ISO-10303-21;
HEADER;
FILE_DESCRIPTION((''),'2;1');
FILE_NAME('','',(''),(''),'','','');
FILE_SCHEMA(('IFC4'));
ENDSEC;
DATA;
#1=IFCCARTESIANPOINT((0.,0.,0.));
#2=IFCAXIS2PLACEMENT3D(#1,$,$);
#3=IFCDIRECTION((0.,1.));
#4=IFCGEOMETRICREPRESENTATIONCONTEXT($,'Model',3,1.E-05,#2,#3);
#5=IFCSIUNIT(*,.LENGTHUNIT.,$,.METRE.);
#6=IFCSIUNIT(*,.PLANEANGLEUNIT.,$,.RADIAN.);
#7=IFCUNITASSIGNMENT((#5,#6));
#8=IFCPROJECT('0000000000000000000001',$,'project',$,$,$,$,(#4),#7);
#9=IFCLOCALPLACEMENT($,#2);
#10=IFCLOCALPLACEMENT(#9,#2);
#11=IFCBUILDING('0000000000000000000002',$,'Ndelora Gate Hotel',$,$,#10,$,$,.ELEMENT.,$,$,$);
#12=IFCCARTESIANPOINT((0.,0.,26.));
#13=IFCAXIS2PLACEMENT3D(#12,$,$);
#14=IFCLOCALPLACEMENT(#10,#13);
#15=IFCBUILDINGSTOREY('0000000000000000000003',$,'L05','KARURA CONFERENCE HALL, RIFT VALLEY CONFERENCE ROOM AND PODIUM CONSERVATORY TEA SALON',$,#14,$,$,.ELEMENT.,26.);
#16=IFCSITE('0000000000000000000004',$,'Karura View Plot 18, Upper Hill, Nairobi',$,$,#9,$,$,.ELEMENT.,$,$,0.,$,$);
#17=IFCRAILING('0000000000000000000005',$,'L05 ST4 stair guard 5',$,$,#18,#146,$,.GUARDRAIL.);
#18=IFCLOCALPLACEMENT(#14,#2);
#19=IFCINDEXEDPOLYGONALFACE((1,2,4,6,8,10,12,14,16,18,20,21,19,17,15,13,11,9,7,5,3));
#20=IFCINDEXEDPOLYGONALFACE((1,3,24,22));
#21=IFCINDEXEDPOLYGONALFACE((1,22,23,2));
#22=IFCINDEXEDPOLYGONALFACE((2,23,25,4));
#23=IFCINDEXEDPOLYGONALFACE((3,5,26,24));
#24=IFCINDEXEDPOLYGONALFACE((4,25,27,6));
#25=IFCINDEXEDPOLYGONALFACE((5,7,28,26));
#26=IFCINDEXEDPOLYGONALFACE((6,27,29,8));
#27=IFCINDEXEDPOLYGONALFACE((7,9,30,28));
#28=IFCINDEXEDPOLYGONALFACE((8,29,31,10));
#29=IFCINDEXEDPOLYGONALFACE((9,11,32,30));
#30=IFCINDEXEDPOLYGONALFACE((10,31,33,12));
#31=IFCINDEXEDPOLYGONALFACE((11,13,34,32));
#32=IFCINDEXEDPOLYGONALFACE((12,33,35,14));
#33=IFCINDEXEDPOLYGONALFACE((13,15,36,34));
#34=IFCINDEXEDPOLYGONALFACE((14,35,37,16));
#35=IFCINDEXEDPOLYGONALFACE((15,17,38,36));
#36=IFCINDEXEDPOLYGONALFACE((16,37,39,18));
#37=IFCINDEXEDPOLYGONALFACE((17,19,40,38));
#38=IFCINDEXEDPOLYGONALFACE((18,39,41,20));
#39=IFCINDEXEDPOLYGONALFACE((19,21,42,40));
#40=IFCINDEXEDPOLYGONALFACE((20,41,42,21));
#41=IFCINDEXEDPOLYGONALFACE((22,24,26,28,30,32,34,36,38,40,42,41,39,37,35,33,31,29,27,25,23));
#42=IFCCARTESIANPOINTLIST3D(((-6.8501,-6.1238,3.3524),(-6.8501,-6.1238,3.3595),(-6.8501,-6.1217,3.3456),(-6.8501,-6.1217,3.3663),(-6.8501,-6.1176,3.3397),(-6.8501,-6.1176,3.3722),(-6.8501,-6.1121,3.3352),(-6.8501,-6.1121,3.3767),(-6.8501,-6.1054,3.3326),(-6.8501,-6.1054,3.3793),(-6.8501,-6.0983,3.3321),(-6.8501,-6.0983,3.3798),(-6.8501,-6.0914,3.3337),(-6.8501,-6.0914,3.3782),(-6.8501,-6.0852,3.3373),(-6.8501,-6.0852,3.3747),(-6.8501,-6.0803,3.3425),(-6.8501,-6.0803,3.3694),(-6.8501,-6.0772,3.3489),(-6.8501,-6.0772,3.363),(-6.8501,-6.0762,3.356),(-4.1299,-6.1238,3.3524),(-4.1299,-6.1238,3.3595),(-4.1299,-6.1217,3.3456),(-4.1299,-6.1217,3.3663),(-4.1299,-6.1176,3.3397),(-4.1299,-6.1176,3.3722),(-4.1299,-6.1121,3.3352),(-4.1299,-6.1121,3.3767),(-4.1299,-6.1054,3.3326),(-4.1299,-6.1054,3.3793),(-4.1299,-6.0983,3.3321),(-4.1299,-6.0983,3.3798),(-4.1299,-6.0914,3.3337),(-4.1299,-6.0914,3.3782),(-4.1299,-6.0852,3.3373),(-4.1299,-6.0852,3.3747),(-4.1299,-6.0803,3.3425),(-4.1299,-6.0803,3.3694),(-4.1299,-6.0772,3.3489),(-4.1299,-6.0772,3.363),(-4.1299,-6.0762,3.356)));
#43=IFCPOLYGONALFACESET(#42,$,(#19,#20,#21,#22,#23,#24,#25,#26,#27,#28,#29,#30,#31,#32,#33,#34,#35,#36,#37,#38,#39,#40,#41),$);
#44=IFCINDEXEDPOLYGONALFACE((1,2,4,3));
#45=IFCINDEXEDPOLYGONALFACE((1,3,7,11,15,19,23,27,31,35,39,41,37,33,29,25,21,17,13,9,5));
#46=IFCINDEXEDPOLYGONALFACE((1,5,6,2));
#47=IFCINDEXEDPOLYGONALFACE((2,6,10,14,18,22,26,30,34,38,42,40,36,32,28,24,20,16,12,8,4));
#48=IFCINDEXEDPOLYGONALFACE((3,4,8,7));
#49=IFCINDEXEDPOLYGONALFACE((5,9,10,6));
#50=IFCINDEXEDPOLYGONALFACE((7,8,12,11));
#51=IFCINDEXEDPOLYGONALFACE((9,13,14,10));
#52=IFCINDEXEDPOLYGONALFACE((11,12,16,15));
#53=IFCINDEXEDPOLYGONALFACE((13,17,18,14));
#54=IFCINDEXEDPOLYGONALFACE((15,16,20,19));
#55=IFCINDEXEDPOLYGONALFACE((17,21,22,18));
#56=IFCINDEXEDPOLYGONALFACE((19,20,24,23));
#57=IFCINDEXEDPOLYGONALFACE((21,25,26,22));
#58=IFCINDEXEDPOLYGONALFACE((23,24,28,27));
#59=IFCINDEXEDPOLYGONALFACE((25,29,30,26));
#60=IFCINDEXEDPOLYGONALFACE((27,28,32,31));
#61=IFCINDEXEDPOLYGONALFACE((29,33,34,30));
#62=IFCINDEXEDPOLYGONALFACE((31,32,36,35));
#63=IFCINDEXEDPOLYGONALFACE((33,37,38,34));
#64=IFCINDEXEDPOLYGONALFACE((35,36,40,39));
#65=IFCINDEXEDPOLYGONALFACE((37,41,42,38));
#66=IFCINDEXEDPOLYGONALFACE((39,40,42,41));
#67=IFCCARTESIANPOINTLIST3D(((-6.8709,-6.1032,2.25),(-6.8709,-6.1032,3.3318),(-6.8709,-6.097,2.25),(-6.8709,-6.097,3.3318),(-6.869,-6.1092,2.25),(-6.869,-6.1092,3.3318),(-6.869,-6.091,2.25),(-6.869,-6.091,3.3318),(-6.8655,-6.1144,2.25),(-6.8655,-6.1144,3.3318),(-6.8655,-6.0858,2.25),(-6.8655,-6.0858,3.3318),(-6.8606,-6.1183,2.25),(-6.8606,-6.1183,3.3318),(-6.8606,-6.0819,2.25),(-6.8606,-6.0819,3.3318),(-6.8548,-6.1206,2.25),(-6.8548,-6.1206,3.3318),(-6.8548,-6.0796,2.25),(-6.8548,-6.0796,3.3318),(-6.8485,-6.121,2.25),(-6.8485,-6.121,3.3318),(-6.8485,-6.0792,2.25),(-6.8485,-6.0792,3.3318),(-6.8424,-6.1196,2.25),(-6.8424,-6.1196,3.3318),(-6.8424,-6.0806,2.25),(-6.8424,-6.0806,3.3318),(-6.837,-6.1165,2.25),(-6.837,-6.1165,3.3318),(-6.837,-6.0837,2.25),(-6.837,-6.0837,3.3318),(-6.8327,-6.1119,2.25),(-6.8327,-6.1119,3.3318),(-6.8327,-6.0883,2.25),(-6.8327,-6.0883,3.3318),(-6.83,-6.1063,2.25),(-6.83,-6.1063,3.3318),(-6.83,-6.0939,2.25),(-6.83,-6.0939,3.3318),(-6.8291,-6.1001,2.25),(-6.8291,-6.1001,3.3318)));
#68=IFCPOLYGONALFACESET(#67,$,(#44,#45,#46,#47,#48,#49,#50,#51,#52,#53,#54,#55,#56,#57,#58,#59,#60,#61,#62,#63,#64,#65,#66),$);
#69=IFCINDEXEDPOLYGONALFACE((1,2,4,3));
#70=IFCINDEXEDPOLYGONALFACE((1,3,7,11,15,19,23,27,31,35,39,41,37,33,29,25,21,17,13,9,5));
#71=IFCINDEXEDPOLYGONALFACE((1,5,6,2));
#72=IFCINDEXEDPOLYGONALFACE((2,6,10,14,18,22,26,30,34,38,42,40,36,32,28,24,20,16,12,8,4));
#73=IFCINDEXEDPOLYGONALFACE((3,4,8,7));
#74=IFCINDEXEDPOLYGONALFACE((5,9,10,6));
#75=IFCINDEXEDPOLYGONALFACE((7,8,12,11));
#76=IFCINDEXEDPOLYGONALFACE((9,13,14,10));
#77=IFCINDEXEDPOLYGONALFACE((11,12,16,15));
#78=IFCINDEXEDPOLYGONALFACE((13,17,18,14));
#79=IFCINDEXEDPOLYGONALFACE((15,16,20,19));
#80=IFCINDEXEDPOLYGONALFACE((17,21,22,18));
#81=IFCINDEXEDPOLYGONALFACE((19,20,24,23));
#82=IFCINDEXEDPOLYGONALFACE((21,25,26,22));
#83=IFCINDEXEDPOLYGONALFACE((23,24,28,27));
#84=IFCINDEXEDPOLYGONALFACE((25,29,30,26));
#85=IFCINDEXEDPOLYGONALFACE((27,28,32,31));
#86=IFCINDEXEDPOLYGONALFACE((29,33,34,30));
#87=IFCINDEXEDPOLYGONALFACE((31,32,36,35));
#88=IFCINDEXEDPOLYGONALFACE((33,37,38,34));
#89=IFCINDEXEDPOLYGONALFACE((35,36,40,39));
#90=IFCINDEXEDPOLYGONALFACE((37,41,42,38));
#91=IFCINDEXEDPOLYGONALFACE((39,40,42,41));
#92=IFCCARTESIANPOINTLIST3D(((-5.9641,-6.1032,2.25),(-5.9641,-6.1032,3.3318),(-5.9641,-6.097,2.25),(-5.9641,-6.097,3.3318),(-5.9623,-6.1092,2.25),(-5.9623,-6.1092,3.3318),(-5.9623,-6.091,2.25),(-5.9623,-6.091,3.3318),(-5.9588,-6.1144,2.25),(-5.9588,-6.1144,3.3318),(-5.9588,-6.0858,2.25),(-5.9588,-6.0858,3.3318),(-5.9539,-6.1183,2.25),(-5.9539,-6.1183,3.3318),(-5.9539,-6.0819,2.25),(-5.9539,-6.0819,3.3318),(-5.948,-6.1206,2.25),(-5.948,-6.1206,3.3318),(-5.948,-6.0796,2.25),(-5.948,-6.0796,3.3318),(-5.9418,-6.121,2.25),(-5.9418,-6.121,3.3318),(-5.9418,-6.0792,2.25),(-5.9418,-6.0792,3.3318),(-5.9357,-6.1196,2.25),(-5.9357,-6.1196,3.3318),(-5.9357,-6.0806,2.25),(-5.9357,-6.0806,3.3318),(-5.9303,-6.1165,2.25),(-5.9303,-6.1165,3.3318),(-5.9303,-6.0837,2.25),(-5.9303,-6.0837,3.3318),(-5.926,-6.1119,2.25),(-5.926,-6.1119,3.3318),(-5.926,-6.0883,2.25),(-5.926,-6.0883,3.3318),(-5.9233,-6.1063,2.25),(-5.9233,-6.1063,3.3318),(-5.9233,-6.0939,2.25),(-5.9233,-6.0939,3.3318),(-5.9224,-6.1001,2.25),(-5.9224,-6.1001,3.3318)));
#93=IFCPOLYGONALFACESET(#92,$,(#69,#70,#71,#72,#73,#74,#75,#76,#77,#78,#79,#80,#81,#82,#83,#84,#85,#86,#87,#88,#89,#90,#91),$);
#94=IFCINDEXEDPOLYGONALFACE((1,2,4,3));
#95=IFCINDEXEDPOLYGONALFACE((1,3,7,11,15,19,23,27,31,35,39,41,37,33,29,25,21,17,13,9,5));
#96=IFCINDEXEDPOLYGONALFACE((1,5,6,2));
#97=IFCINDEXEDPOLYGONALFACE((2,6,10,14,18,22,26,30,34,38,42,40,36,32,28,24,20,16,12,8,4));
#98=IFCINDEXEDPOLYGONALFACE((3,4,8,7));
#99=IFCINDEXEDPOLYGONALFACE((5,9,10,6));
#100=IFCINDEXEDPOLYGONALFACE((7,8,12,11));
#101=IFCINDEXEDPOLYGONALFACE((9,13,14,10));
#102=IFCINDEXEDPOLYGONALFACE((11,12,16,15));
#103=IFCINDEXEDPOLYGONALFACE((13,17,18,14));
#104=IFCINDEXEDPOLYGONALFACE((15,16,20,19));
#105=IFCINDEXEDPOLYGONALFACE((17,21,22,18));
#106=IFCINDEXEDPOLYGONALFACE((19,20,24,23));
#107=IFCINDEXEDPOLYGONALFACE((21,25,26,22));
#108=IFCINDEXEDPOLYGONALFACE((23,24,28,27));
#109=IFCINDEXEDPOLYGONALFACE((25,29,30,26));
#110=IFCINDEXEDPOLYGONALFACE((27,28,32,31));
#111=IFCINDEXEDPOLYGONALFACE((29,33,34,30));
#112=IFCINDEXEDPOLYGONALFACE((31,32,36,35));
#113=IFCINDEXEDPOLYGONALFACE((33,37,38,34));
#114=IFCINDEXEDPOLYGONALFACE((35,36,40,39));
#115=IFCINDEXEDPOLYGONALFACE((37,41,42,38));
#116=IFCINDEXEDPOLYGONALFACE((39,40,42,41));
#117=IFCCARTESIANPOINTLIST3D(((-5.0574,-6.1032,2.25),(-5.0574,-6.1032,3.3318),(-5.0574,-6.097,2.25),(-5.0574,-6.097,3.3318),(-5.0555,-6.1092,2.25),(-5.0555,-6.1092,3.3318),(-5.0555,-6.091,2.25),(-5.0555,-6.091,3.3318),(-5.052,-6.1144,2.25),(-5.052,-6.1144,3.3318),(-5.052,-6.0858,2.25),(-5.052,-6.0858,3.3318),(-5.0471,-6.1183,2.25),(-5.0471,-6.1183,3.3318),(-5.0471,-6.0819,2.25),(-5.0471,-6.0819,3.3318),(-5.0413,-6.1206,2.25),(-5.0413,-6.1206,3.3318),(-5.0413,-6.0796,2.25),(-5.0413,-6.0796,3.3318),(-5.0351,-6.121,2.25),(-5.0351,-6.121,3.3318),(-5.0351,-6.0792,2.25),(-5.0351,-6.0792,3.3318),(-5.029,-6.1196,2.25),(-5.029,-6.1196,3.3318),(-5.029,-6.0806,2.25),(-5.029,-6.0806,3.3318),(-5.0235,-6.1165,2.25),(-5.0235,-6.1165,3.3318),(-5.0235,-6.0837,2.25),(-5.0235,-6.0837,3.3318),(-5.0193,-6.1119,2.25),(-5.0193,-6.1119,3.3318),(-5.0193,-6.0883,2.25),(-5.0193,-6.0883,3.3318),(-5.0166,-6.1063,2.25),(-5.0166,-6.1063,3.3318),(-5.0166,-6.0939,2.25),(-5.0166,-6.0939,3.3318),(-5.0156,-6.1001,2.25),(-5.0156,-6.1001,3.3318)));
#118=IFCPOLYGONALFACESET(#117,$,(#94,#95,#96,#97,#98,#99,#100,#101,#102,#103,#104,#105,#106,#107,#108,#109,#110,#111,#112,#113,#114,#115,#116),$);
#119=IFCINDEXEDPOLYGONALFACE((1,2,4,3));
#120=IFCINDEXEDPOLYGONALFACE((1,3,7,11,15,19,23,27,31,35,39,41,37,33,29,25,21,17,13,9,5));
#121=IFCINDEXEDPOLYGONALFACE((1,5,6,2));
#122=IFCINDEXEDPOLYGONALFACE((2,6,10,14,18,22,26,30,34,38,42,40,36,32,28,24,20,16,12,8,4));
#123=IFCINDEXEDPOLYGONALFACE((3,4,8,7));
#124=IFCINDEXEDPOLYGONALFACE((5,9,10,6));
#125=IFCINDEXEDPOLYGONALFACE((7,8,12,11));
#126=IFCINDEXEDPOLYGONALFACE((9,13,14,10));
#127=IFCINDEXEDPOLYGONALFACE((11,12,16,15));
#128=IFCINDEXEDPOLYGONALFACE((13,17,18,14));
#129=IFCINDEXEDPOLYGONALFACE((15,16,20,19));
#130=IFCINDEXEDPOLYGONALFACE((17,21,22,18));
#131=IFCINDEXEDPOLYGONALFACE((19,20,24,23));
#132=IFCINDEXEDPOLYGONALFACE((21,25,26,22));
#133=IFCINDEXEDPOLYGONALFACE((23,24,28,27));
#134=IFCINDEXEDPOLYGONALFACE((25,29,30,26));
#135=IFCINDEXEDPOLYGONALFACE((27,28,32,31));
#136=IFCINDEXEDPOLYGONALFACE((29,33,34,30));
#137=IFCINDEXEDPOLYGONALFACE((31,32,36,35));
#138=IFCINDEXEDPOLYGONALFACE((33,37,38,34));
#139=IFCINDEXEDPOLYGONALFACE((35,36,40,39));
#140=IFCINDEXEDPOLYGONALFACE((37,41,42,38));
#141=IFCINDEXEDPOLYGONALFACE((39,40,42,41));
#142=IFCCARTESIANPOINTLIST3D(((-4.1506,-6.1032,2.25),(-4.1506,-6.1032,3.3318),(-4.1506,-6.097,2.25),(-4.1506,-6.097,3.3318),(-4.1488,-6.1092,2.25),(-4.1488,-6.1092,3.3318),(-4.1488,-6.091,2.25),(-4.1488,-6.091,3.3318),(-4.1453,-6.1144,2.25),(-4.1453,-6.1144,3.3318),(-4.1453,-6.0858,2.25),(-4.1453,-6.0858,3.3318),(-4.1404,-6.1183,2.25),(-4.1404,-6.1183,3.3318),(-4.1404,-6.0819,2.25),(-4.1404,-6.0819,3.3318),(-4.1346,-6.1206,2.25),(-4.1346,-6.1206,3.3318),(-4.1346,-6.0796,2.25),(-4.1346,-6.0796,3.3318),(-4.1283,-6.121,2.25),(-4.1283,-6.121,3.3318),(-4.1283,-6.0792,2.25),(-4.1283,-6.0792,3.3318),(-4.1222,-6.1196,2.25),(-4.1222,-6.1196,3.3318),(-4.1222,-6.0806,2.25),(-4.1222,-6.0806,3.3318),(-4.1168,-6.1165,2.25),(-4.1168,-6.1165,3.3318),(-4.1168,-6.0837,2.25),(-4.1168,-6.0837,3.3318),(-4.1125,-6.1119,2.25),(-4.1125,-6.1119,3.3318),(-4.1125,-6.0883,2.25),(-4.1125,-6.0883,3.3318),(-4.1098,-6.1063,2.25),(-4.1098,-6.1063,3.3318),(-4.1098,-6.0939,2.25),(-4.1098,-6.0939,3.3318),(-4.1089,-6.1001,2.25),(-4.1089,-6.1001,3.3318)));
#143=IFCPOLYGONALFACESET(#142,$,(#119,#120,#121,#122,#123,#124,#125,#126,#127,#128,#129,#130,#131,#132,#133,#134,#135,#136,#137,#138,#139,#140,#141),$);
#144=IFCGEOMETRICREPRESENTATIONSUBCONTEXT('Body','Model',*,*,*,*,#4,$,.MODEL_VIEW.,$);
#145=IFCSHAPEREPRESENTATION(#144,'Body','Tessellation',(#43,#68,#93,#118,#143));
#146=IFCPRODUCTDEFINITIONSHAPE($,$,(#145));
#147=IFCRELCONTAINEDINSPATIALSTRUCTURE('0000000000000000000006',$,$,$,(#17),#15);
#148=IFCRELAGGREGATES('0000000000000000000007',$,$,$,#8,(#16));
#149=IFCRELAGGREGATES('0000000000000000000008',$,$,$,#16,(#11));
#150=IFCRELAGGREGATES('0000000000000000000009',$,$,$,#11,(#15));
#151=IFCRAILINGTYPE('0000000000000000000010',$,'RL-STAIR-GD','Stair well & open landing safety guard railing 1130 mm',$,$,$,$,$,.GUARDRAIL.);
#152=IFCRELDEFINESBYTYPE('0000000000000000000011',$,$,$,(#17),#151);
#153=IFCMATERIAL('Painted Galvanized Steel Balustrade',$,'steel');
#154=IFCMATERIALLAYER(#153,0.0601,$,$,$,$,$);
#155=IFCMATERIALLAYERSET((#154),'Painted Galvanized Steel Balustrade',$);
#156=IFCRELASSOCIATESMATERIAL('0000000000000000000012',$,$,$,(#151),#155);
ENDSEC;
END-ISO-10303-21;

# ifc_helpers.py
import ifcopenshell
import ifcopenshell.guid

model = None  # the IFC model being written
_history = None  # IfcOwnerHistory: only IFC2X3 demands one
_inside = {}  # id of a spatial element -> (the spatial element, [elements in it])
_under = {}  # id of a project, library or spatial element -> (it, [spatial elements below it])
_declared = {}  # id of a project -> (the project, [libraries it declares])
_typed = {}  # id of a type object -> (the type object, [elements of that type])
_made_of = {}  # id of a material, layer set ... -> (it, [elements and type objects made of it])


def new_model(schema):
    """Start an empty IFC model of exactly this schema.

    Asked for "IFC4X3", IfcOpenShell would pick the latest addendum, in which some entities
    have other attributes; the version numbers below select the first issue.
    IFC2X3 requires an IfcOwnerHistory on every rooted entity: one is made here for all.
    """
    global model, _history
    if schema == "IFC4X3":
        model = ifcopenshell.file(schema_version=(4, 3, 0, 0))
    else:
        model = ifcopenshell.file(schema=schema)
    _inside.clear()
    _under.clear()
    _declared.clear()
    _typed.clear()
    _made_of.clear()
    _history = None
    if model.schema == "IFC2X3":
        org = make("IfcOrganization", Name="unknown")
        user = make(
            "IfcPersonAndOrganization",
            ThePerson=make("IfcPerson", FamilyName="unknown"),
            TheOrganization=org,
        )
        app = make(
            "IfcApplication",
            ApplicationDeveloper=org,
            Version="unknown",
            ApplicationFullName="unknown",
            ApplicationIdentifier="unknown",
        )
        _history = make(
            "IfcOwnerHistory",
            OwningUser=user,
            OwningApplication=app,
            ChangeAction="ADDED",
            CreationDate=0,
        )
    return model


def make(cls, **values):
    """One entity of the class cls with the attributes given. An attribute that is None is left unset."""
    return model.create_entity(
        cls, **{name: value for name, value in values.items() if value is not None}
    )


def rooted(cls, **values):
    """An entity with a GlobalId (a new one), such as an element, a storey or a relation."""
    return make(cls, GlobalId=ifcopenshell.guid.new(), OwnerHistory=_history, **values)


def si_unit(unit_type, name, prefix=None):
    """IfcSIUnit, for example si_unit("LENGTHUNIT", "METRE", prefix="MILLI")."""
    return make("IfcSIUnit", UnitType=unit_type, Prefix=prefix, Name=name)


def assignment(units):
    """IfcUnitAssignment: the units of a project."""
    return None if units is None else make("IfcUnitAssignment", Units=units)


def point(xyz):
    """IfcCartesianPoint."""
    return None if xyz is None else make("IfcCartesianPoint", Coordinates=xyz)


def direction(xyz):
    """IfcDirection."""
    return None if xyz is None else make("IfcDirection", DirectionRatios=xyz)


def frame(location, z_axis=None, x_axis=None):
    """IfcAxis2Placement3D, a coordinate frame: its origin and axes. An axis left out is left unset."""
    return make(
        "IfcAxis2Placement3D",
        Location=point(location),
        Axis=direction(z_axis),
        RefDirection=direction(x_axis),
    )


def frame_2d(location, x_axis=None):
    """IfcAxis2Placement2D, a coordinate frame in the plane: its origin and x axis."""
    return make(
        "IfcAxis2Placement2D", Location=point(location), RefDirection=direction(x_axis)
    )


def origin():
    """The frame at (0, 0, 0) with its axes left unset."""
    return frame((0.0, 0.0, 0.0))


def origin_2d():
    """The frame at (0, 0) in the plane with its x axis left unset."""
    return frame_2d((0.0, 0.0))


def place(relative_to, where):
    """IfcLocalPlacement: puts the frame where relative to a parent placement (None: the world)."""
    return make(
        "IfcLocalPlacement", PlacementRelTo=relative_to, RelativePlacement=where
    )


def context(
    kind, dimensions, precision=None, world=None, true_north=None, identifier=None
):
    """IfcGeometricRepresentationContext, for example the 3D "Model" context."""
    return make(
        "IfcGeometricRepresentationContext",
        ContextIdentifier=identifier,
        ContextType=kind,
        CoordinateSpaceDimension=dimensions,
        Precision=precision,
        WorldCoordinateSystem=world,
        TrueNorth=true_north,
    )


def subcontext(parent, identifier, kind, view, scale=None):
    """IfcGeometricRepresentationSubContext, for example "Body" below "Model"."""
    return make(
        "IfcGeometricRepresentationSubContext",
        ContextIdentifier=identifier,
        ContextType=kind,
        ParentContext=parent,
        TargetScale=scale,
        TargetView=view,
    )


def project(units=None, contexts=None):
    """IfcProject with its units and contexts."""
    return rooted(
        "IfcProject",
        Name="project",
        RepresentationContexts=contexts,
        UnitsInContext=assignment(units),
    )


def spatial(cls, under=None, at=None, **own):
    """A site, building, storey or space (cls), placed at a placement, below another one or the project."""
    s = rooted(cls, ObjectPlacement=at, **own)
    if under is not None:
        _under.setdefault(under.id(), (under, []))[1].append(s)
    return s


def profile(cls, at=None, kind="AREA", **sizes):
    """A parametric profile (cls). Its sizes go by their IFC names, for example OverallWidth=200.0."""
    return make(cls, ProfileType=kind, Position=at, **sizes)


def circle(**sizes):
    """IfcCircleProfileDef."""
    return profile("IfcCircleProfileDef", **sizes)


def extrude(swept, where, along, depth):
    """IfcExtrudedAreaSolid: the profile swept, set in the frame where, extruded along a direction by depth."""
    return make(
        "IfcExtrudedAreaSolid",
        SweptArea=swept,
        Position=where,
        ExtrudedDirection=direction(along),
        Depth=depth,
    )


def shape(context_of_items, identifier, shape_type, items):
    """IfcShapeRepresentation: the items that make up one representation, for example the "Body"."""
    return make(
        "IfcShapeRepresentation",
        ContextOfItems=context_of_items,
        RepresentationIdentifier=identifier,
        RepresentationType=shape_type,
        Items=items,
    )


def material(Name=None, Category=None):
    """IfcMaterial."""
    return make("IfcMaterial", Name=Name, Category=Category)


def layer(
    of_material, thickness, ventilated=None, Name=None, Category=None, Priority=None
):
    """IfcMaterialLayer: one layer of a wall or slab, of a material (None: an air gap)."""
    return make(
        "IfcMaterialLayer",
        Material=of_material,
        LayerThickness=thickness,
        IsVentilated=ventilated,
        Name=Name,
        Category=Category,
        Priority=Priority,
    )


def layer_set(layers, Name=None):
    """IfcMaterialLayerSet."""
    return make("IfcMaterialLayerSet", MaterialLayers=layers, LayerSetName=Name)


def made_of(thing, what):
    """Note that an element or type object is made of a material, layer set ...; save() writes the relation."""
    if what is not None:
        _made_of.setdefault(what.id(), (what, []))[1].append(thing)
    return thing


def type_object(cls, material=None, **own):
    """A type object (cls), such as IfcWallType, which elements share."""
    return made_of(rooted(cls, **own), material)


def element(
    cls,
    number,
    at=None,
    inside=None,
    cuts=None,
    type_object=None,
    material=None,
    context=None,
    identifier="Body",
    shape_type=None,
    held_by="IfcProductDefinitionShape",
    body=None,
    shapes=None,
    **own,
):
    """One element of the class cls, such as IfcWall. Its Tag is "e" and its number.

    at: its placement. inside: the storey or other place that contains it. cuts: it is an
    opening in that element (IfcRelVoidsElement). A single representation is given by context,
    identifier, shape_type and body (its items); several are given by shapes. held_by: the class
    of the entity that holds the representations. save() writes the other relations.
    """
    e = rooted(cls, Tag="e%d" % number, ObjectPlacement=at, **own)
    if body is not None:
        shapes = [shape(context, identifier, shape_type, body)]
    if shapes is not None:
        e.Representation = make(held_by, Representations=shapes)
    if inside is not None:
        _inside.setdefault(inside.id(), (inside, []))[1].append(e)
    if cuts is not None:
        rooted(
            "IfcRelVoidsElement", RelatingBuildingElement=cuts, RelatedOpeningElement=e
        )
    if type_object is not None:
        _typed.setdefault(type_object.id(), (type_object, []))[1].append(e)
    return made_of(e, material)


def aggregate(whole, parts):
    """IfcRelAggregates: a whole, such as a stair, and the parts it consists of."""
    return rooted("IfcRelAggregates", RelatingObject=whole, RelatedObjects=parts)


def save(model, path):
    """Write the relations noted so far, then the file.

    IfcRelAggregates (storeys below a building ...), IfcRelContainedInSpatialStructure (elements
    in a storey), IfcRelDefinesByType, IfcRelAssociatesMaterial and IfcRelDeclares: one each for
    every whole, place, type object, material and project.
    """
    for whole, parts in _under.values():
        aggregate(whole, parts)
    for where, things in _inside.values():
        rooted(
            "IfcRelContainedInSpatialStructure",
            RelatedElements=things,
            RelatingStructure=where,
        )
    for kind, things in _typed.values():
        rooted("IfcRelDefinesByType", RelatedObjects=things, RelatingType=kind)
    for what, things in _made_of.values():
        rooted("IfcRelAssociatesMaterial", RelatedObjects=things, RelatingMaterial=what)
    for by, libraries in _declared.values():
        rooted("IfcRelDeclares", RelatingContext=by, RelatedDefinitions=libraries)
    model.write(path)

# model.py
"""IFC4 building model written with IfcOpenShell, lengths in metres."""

from ifc_helpers import new_model, si_unit, direction, frame, origin, origin_2d, place, context, subcontext, project, spatial, circle, extrude, material, layer, layer_set, type_object, element, save


model = new_model("IFC4")

# Units and contexts
model_context = context("Model", 3, precision=1e-05, world=origin(), true_north=direction((0.0, 1.0)))
body_context = subcontext(model_context, "Body", "Model", "MODEL_VIEW")
ifc_project = project(units=[si_unit("LENGTHUNIT", "METRE"), si_unit("PLANEANGLEUNIT", "RADIAN")], contexts=[model_context])

# Site, building, storey
site_placement = place(None, origin())
site = spatial("IfcSite", under=ifc_project, at=site_placement, Name="Karura View Plot 18, Upper Hill, Nairobi", CompositionType="ELEMENT", RefElevation=0.0)
building_placement = place(site_placement, origin())
building = spatial("IfcBuilding", under=site, at=building_placement, Name="Ndelora Gate Hotel", CompositionType="ELEMENT")
storey_placement = place(building_placement, frame((0.0, 0.0, 26.0)))
storey = spatial("IfcBuildingStorey", under=building, at=storey_placement, Name="L05", Description="KARURA CONFERENCE HALL, RIFT VALLEY CONFERENCE ROOM AND PODIUM CONSERVATORY TEA SALON", CompositionType="ELEMENT", Elevation=26.0)

# Railing
ifc_material_1 = material(Name="Painted Galvanized Steel Balustrade", Category="steel")
ifc_layer_1 = layer(ifc_material_1, 0.0601)
ifc_layer_set_1 = layer_set([ifc_layer_1], Name="Painted Galvanized Steel Balustrade")
railing_type = type_object("IfcRailingType", Name="RL-STAIR-GD", Description="Stair well & open landing safety guard railing 1130 mm", PredefinedType="GUARDRAIL", material=ifc_layer_set_1)
railing_1_placement = place(storey_placement, frame((-6.8501, -6.1001, 2.25)))
element("IfcRailing", 1, at=railing_1_placement, inside=storey, type_object=railing_type, Name="L05 ST4 stair guard 5", PredefinedType="GUARDRAIL", context=body_context, shape_type="SweptSolid", body=[
    extrude(circle(Radius=0.0239, at=origin_2d()), frame((0.0, 0.0, 1.106), z_axis=(1.0, 0.0, 0.0), x_axis=(0.0, 1.0, 0.0)), (0.0, 0.0, 1.0), 2.7202),
    extrude(circle(Radius=0.021, at=origin_2d()), origin(), (0.0, 0.0, 1.0), 1.0818),
    extrude(circle(Radius=0.021, at=origin_2d()), frame((0.9067, 0.0, 0.0)), (0.0, 0.0, 1.0), 1.0818),
    extrude(circle(Radius=0.021, at=origin_2d()), frame((1.8135, 0.0, 0.0)), (0.0, 0.0, 1.0), 1.0818),
    extrude(circle(Radius=0.021, at=origin_2d()), frame((2.7202, 0.0, 0.0)), (0.0, 0.0, 1.0), 1.0818),
])

save(model, "model.ifc")
